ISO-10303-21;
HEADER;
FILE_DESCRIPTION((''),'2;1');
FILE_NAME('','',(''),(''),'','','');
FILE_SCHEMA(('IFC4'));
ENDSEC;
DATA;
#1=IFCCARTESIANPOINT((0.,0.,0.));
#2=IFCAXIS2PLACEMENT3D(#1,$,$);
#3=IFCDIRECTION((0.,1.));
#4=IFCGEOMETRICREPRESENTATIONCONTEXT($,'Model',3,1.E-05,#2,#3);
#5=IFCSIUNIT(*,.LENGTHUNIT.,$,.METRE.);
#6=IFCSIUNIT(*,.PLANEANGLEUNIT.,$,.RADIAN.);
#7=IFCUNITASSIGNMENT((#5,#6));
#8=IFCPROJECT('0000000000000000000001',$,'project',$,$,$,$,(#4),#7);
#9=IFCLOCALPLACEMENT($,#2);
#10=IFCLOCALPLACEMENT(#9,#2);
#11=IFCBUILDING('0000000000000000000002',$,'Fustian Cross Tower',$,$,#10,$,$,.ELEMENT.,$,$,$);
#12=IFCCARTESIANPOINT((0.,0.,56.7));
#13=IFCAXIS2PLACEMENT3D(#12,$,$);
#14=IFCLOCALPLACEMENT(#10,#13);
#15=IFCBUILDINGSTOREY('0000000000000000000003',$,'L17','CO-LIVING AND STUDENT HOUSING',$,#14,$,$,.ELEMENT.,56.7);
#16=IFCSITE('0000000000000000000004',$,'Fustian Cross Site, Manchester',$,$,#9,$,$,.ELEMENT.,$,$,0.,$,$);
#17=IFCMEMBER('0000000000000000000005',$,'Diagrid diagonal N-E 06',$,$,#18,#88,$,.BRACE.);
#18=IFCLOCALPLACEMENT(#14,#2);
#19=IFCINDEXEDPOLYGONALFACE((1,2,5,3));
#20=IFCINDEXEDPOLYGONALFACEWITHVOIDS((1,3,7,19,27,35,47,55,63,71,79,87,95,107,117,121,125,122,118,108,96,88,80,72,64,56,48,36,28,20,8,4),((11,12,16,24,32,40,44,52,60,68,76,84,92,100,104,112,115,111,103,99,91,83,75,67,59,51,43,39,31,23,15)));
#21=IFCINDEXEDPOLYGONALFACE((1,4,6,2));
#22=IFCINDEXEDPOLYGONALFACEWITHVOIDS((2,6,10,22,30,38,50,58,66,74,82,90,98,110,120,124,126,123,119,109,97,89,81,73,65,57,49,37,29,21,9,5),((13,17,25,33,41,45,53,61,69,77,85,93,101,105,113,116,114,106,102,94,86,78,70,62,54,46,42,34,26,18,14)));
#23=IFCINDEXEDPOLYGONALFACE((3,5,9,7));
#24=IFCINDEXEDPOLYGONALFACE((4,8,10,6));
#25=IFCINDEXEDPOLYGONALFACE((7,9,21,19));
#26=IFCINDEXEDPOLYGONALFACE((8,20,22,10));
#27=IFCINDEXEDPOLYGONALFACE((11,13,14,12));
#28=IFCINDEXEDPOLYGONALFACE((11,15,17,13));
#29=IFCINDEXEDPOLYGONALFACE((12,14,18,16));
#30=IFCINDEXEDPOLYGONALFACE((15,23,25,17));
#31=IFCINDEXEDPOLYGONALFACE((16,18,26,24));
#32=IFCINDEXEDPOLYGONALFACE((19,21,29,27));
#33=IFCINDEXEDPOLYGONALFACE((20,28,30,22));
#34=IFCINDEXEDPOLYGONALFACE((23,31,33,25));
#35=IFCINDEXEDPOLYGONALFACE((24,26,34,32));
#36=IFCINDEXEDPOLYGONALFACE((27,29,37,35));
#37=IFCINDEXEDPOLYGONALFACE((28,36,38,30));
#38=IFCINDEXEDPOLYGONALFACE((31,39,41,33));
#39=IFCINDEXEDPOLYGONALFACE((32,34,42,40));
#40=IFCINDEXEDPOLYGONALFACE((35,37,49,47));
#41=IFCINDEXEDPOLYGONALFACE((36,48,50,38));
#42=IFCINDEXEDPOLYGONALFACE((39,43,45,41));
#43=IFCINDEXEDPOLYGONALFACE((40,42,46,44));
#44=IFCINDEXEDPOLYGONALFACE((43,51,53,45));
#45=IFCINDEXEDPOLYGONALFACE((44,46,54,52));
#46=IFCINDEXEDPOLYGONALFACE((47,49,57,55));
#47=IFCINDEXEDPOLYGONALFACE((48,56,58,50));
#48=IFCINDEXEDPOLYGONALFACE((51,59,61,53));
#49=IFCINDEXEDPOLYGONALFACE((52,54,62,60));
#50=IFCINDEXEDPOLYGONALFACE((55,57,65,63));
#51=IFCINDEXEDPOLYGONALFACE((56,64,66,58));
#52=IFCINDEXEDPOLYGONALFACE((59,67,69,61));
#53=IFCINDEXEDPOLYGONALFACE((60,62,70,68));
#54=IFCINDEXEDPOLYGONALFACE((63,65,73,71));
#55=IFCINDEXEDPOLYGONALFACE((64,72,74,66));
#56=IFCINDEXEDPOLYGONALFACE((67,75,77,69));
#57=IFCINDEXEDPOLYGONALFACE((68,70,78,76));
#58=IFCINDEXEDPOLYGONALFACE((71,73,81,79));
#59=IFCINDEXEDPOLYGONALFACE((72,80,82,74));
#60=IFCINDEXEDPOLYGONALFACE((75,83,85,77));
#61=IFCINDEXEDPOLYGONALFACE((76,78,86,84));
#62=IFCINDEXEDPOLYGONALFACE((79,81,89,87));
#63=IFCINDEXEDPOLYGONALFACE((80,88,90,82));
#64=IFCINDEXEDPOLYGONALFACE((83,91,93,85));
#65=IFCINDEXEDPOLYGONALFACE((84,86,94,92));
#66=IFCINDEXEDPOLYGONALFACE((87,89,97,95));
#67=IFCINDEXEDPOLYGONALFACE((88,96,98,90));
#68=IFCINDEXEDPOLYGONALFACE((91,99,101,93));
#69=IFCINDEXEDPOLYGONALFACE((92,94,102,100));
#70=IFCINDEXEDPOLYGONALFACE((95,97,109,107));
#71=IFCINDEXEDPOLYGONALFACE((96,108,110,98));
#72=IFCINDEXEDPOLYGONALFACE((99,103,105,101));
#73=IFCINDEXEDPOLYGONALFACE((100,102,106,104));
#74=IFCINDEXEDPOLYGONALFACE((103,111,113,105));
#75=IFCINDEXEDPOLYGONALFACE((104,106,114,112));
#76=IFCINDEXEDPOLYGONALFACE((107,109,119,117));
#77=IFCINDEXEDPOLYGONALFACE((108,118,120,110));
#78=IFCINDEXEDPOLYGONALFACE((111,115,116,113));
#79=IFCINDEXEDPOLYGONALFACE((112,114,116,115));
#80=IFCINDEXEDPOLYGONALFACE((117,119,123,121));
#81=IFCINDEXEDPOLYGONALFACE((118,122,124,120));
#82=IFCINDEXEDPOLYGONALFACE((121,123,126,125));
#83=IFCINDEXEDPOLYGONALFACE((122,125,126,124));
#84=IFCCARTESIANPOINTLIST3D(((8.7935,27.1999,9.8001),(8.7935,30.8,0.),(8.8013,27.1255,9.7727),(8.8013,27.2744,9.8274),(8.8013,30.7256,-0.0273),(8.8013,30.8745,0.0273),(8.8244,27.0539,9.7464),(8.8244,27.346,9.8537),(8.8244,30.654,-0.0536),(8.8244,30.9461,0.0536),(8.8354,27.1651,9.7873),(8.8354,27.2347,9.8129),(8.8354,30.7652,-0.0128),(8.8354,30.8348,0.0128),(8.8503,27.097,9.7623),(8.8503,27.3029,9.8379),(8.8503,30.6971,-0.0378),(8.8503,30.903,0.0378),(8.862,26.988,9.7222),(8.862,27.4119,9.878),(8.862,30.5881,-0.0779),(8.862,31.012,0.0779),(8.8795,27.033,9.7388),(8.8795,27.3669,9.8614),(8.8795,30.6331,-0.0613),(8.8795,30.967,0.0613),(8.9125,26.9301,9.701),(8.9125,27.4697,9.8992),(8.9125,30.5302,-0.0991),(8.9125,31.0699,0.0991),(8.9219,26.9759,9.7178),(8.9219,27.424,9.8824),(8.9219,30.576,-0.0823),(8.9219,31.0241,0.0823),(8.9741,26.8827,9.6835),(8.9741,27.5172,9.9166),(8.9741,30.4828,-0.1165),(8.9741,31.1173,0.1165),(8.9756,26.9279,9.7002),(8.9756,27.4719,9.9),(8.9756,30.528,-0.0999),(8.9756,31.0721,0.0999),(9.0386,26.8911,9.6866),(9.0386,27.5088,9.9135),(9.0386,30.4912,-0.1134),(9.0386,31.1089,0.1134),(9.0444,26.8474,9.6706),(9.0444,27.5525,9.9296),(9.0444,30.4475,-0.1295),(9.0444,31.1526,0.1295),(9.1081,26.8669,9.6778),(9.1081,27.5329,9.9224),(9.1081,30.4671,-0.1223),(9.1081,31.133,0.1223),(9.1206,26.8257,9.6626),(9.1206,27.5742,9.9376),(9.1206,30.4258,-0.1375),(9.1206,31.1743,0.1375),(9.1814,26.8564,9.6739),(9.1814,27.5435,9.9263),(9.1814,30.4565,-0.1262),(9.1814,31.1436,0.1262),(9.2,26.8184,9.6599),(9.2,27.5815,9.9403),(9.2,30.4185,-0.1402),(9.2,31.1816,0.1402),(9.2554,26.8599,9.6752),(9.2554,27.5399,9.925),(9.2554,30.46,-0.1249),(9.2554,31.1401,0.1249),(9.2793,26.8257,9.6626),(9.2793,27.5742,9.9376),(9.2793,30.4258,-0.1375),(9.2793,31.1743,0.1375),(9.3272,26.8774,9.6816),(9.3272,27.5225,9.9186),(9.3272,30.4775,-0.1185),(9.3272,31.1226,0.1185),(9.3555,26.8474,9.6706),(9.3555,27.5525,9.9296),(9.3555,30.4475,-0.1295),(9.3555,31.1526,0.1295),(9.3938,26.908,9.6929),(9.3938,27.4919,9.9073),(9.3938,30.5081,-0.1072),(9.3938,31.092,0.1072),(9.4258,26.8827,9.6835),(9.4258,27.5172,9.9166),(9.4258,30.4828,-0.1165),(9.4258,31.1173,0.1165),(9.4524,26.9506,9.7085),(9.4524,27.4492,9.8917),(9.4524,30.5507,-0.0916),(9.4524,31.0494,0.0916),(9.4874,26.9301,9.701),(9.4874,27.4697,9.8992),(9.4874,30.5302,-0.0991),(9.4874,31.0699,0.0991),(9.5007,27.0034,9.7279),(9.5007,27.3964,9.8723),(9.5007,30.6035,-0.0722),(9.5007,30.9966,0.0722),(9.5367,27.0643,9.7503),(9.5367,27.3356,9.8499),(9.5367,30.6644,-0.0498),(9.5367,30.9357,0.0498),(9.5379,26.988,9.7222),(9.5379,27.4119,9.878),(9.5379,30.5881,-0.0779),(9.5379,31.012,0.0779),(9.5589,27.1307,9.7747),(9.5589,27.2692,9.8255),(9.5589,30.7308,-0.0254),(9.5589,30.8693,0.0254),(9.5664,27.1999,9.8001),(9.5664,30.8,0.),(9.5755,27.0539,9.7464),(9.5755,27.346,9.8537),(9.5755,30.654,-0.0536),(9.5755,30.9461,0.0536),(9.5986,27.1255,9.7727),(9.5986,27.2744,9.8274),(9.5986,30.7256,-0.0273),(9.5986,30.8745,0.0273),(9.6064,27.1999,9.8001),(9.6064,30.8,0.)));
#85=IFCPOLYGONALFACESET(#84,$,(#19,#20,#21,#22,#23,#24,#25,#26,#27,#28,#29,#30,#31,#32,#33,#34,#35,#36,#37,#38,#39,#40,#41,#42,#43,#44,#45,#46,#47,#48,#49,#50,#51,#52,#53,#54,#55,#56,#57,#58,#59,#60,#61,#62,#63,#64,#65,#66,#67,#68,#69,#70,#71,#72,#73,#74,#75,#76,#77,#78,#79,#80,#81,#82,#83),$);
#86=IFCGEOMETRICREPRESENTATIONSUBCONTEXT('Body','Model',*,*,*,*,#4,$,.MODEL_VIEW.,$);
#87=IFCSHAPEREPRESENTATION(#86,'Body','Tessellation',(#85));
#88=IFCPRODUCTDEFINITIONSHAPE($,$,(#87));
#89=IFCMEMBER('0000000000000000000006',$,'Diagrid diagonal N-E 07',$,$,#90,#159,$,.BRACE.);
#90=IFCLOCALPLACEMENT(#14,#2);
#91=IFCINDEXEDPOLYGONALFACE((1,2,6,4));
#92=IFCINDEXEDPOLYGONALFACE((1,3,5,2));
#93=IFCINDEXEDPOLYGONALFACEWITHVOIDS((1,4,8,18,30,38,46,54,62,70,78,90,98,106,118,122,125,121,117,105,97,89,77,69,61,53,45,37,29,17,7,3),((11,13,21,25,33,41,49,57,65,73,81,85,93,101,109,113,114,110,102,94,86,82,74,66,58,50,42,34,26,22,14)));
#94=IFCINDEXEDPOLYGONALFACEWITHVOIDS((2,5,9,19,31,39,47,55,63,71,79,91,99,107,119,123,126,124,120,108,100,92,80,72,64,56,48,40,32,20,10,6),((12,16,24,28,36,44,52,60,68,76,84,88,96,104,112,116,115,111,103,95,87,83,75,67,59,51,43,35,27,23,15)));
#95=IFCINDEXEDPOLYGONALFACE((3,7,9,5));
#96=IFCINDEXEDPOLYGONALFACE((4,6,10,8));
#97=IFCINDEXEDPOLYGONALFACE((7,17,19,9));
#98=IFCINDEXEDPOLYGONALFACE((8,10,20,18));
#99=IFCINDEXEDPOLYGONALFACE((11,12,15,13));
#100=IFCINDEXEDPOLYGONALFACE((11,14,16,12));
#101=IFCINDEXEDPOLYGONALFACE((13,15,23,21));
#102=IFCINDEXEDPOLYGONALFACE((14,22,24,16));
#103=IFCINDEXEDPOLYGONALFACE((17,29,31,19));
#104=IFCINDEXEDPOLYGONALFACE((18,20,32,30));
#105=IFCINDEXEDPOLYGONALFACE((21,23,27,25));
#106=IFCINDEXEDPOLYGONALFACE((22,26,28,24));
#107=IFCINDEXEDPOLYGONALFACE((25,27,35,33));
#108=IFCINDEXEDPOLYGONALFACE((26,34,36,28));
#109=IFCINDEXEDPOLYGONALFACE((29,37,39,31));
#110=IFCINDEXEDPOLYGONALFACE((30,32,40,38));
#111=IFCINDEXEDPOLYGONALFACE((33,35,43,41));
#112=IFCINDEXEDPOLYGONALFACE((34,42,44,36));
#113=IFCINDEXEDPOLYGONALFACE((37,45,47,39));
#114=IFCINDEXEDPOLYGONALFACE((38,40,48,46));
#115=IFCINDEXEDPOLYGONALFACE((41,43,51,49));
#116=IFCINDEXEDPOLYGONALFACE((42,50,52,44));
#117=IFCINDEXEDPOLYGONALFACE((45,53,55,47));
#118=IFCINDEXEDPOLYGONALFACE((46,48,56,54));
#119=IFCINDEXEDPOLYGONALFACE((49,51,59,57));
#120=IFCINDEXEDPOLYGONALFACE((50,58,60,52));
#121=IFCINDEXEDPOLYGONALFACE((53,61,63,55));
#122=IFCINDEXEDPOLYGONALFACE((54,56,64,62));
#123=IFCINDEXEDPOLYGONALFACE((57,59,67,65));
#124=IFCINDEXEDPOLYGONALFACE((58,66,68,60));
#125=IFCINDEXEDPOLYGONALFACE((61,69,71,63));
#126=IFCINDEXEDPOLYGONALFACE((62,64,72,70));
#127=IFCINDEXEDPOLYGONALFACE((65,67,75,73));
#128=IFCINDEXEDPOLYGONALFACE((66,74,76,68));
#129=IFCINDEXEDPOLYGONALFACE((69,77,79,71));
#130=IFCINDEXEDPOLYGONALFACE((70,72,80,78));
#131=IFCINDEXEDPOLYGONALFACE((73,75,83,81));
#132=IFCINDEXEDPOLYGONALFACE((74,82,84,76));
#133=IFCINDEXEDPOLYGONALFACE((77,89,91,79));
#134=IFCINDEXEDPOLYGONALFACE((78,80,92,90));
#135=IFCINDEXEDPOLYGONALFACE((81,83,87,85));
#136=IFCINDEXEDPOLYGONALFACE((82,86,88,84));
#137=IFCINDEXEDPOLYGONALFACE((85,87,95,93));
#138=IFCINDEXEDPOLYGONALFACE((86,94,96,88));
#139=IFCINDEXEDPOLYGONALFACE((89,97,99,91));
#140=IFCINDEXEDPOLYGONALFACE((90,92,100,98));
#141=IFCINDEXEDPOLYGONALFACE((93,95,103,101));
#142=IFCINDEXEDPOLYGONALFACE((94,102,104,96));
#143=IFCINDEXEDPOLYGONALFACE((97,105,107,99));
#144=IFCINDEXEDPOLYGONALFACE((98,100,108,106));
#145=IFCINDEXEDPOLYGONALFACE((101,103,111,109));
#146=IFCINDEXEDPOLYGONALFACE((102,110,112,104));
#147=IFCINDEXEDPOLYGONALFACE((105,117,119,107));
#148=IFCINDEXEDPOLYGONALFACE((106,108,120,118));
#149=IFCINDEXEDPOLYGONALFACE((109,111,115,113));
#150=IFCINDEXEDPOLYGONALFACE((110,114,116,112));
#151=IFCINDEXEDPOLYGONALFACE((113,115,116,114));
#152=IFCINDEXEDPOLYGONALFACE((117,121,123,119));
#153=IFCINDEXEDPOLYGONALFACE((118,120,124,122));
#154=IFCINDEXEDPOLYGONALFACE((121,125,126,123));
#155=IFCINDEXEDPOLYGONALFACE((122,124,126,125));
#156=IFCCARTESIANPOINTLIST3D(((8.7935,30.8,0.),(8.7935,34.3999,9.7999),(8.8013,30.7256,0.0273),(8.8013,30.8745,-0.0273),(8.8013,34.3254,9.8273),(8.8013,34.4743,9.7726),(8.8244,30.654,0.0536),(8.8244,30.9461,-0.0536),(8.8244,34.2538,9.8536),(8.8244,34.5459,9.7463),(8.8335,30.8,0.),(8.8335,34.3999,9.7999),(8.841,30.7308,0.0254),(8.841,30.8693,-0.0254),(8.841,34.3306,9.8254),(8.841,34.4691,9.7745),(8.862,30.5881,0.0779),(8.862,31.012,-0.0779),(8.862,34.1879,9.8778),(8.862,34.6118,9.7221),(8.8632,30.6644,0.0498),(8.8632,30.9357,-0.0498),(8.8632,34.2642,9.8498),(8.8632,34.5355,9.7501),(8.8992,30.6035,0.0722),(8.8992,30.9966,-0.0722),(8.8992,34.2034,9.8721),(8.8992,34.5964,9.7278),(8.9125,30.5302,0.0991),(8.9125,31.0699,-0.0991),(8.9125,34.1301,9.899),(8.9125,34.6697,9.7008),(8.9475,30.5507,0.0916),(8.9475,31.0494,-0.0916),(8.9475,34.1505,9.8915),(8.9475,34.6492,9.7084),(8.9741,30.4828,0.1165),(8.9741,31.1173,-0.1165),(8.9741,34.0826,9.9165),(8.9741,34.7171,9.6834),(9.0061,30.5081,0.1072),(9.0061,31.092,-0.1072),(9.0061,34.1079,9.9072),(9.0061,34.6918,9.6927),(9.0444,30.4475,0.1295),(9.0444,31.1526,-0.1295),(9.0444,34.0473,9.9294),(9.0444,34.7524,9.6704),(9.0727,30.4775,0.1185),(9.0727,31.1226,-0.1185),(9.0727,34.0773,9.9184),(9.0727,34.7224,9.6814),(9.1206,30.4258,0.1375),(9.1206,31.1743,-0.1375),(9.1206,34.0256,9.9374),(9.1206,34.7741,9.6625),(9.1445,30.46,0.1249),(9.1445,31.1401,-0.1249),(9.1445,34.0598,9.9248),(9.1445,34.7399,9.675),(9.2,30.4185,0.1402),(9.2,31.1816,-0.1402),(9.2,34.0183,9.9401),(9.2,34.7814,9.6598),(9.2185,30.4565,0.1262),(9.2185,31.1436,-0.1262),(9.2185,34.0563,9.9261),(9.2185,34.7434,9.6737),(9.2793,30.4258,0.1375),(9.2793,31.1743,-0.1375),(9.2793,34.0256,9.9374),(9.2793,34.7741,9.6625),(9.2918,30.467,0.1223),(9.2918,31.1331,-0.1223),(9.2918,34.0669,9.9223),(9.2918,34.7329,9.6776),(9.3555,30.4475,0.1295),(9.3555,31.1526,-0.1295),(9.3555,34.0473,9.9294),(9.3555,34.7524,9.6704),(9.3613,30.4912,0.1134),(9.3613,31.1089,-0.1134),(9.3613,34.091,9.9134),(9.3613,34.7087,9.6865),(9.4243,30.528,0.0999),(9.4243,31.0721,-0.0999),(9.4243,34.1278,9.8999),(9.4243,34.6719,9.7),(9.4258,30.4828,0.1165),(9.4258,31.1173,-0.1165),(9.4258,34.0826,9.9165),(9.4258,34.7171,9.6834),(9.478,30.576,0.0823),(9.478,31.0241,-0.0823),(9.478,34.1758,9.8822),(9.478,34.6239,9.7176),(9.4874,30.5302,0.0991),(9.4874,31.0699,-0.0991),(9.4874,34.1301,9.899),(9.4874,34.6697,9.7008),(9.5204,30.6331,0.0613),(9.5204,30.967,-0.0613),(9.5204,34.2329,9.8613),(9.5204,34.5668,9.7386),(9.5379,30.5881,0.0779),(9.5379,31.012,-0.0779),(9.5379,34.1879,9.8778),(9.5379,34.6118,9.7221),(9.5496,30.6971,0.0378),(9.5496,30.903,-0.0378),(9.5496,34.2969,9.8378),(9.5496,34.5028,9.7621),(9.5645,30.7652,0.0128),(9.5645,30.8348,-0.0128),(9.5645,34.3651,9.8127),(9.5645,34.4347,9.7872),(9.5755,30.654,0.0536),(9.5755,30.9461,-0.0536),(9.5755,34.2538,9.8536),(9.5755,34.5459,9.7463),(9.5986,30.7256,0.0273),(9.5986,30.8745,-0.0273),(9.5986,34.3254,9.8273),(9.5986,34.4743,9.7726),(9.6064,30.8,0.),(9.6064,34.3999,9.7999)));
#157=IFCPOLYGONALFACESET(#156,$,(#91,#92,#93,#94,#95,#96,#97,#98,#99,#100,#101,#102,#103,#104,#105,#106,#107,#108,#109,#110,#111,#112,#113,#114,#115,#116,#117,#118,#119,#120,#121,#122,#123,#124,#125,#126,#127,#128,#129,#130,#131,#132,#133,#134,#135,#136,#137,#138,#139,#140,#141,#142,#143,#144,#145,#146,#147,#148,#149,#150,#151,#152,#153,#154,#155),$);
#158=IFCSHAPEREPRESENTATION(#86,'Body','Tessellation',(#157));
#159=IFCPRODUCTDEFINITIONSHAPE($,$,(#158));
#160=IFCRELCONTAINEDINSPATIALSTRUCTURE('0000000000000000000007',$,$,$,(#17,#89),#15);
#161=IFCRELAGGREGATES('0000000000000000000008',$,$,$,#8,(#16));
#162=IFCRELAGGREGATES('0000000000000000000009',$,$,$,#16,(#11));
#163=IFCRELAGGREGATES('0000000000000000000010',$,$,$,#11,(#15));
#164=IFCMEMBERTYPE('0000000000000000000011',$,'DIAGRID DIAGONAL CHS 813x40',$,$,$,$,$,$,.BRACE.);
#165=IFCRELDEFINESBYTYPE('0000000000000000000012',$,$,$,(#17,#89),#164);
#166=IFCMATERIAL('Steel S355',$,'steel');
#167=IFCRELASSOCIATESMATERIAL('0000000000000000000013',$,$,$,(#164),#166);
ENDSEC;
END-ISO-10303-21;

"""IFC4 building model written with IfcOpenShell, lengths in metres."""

from ifc_helpers import new_model, si_unit, direction, frame, origin, origin_2d, place, context, subcontext, project, spatial, hollow_circle, extrude, material, material_profile, profile_set, type_object, element, save


model = new_model("IFC4")

# Units and contexts
model_context = context("Model", 3, precision=1e-05, world=origin(), true_north=direction((0.0, 1.0)))
body_context = subcontext(model_context, "Body", "Model", "MODEL_VIEW")
ifc_project = project(units=[si_unit("LENGTHUNIT", "METRE"), si_unit("PLANEANGLEUNIT", "RADIAN")], contexts=[model_context])

# Site, building, storey
site_placement = place(None, origin())
site = spatial("IfcSite", under=ifc_project, at=site_placement, Name="Fustian Cross Site, Manchester", CompositionType="ELEMENT", RefElevation=0.0)
building_placement = place(site_placement, origin())
building = spatial("IfcBuilding", under=site, at=building_placement, Name="Fustian Cross Tower", CompositionType="ELEMENT")
storey_placement = place(building_placement, frame((0.0, 0.0, 56.7)))
storey = spatial("IfcBuildingStorey", under=building, at=storey_placement, Name="L17", Description="CO-LIVING AND STUDENT HOUSING", CompositionType="ELEMENT", Elevation=56.7)

# Members
ifc_material_1 = material(Name="Steel S355", Category="steel")
ifc_material_profile_1 = material_profile(ifc_material_1, hollow_circle(Radius=0.4065, WallThickness=0.04, at=origin_2d()), Name="CHS 813x40")
ifc_profile_set_1 = profile_set([ifc_material_profile_1], Name="Steel S355")
member_type_1 = type_object("IfcMemberType", Name="DIAGRID DIAGONAL CHS 813x40", PredefinedType="BRACE", material=ifc_profile_set_1)
member_1_placement = place(storey_placement, frame((9.2, 30.8, 0.0), z_axis=(0.0, -0.344824, 0.938667), x_axis=(1.0, 0.0, 0.0)))
element("IfcMember", 1, at=member_1_placement, inside=storey, type_object=member_type_1, Name="Diagrid diagonal N-E 06", PredefinedType="BRACE", context=body_context, shape_type="SweptSolid", body=[
    extrude(hollow_circle(Radius=0.4065, WallThickness=0.04, at=origin_2d()), origin(), (0.0, 0.0, 1.0), 10.4404),
])
member_2_placement = place(storey_placement, frame((9.2, 30.8, 0.0), z_axis=(0.0, 0.344804, 0.938675), x_axis=(-1.0, 0.0, 0.0)))
element("IfcMember", 2, at=member_2_placement, inside=storey, type_object=member_type_1, Name="Diagrid diagonal N-E 07", PredefinedType="BRACE", context=body_context, shape_type="SweptSolid", body=[
    extrude(hollow_circle(Radius=0.4065, WallThickness=0.04, at=origin_2d()), origin(), (0.0, 0.0, 1.0), 10.4402),
])

save(model, "model.ifc")
